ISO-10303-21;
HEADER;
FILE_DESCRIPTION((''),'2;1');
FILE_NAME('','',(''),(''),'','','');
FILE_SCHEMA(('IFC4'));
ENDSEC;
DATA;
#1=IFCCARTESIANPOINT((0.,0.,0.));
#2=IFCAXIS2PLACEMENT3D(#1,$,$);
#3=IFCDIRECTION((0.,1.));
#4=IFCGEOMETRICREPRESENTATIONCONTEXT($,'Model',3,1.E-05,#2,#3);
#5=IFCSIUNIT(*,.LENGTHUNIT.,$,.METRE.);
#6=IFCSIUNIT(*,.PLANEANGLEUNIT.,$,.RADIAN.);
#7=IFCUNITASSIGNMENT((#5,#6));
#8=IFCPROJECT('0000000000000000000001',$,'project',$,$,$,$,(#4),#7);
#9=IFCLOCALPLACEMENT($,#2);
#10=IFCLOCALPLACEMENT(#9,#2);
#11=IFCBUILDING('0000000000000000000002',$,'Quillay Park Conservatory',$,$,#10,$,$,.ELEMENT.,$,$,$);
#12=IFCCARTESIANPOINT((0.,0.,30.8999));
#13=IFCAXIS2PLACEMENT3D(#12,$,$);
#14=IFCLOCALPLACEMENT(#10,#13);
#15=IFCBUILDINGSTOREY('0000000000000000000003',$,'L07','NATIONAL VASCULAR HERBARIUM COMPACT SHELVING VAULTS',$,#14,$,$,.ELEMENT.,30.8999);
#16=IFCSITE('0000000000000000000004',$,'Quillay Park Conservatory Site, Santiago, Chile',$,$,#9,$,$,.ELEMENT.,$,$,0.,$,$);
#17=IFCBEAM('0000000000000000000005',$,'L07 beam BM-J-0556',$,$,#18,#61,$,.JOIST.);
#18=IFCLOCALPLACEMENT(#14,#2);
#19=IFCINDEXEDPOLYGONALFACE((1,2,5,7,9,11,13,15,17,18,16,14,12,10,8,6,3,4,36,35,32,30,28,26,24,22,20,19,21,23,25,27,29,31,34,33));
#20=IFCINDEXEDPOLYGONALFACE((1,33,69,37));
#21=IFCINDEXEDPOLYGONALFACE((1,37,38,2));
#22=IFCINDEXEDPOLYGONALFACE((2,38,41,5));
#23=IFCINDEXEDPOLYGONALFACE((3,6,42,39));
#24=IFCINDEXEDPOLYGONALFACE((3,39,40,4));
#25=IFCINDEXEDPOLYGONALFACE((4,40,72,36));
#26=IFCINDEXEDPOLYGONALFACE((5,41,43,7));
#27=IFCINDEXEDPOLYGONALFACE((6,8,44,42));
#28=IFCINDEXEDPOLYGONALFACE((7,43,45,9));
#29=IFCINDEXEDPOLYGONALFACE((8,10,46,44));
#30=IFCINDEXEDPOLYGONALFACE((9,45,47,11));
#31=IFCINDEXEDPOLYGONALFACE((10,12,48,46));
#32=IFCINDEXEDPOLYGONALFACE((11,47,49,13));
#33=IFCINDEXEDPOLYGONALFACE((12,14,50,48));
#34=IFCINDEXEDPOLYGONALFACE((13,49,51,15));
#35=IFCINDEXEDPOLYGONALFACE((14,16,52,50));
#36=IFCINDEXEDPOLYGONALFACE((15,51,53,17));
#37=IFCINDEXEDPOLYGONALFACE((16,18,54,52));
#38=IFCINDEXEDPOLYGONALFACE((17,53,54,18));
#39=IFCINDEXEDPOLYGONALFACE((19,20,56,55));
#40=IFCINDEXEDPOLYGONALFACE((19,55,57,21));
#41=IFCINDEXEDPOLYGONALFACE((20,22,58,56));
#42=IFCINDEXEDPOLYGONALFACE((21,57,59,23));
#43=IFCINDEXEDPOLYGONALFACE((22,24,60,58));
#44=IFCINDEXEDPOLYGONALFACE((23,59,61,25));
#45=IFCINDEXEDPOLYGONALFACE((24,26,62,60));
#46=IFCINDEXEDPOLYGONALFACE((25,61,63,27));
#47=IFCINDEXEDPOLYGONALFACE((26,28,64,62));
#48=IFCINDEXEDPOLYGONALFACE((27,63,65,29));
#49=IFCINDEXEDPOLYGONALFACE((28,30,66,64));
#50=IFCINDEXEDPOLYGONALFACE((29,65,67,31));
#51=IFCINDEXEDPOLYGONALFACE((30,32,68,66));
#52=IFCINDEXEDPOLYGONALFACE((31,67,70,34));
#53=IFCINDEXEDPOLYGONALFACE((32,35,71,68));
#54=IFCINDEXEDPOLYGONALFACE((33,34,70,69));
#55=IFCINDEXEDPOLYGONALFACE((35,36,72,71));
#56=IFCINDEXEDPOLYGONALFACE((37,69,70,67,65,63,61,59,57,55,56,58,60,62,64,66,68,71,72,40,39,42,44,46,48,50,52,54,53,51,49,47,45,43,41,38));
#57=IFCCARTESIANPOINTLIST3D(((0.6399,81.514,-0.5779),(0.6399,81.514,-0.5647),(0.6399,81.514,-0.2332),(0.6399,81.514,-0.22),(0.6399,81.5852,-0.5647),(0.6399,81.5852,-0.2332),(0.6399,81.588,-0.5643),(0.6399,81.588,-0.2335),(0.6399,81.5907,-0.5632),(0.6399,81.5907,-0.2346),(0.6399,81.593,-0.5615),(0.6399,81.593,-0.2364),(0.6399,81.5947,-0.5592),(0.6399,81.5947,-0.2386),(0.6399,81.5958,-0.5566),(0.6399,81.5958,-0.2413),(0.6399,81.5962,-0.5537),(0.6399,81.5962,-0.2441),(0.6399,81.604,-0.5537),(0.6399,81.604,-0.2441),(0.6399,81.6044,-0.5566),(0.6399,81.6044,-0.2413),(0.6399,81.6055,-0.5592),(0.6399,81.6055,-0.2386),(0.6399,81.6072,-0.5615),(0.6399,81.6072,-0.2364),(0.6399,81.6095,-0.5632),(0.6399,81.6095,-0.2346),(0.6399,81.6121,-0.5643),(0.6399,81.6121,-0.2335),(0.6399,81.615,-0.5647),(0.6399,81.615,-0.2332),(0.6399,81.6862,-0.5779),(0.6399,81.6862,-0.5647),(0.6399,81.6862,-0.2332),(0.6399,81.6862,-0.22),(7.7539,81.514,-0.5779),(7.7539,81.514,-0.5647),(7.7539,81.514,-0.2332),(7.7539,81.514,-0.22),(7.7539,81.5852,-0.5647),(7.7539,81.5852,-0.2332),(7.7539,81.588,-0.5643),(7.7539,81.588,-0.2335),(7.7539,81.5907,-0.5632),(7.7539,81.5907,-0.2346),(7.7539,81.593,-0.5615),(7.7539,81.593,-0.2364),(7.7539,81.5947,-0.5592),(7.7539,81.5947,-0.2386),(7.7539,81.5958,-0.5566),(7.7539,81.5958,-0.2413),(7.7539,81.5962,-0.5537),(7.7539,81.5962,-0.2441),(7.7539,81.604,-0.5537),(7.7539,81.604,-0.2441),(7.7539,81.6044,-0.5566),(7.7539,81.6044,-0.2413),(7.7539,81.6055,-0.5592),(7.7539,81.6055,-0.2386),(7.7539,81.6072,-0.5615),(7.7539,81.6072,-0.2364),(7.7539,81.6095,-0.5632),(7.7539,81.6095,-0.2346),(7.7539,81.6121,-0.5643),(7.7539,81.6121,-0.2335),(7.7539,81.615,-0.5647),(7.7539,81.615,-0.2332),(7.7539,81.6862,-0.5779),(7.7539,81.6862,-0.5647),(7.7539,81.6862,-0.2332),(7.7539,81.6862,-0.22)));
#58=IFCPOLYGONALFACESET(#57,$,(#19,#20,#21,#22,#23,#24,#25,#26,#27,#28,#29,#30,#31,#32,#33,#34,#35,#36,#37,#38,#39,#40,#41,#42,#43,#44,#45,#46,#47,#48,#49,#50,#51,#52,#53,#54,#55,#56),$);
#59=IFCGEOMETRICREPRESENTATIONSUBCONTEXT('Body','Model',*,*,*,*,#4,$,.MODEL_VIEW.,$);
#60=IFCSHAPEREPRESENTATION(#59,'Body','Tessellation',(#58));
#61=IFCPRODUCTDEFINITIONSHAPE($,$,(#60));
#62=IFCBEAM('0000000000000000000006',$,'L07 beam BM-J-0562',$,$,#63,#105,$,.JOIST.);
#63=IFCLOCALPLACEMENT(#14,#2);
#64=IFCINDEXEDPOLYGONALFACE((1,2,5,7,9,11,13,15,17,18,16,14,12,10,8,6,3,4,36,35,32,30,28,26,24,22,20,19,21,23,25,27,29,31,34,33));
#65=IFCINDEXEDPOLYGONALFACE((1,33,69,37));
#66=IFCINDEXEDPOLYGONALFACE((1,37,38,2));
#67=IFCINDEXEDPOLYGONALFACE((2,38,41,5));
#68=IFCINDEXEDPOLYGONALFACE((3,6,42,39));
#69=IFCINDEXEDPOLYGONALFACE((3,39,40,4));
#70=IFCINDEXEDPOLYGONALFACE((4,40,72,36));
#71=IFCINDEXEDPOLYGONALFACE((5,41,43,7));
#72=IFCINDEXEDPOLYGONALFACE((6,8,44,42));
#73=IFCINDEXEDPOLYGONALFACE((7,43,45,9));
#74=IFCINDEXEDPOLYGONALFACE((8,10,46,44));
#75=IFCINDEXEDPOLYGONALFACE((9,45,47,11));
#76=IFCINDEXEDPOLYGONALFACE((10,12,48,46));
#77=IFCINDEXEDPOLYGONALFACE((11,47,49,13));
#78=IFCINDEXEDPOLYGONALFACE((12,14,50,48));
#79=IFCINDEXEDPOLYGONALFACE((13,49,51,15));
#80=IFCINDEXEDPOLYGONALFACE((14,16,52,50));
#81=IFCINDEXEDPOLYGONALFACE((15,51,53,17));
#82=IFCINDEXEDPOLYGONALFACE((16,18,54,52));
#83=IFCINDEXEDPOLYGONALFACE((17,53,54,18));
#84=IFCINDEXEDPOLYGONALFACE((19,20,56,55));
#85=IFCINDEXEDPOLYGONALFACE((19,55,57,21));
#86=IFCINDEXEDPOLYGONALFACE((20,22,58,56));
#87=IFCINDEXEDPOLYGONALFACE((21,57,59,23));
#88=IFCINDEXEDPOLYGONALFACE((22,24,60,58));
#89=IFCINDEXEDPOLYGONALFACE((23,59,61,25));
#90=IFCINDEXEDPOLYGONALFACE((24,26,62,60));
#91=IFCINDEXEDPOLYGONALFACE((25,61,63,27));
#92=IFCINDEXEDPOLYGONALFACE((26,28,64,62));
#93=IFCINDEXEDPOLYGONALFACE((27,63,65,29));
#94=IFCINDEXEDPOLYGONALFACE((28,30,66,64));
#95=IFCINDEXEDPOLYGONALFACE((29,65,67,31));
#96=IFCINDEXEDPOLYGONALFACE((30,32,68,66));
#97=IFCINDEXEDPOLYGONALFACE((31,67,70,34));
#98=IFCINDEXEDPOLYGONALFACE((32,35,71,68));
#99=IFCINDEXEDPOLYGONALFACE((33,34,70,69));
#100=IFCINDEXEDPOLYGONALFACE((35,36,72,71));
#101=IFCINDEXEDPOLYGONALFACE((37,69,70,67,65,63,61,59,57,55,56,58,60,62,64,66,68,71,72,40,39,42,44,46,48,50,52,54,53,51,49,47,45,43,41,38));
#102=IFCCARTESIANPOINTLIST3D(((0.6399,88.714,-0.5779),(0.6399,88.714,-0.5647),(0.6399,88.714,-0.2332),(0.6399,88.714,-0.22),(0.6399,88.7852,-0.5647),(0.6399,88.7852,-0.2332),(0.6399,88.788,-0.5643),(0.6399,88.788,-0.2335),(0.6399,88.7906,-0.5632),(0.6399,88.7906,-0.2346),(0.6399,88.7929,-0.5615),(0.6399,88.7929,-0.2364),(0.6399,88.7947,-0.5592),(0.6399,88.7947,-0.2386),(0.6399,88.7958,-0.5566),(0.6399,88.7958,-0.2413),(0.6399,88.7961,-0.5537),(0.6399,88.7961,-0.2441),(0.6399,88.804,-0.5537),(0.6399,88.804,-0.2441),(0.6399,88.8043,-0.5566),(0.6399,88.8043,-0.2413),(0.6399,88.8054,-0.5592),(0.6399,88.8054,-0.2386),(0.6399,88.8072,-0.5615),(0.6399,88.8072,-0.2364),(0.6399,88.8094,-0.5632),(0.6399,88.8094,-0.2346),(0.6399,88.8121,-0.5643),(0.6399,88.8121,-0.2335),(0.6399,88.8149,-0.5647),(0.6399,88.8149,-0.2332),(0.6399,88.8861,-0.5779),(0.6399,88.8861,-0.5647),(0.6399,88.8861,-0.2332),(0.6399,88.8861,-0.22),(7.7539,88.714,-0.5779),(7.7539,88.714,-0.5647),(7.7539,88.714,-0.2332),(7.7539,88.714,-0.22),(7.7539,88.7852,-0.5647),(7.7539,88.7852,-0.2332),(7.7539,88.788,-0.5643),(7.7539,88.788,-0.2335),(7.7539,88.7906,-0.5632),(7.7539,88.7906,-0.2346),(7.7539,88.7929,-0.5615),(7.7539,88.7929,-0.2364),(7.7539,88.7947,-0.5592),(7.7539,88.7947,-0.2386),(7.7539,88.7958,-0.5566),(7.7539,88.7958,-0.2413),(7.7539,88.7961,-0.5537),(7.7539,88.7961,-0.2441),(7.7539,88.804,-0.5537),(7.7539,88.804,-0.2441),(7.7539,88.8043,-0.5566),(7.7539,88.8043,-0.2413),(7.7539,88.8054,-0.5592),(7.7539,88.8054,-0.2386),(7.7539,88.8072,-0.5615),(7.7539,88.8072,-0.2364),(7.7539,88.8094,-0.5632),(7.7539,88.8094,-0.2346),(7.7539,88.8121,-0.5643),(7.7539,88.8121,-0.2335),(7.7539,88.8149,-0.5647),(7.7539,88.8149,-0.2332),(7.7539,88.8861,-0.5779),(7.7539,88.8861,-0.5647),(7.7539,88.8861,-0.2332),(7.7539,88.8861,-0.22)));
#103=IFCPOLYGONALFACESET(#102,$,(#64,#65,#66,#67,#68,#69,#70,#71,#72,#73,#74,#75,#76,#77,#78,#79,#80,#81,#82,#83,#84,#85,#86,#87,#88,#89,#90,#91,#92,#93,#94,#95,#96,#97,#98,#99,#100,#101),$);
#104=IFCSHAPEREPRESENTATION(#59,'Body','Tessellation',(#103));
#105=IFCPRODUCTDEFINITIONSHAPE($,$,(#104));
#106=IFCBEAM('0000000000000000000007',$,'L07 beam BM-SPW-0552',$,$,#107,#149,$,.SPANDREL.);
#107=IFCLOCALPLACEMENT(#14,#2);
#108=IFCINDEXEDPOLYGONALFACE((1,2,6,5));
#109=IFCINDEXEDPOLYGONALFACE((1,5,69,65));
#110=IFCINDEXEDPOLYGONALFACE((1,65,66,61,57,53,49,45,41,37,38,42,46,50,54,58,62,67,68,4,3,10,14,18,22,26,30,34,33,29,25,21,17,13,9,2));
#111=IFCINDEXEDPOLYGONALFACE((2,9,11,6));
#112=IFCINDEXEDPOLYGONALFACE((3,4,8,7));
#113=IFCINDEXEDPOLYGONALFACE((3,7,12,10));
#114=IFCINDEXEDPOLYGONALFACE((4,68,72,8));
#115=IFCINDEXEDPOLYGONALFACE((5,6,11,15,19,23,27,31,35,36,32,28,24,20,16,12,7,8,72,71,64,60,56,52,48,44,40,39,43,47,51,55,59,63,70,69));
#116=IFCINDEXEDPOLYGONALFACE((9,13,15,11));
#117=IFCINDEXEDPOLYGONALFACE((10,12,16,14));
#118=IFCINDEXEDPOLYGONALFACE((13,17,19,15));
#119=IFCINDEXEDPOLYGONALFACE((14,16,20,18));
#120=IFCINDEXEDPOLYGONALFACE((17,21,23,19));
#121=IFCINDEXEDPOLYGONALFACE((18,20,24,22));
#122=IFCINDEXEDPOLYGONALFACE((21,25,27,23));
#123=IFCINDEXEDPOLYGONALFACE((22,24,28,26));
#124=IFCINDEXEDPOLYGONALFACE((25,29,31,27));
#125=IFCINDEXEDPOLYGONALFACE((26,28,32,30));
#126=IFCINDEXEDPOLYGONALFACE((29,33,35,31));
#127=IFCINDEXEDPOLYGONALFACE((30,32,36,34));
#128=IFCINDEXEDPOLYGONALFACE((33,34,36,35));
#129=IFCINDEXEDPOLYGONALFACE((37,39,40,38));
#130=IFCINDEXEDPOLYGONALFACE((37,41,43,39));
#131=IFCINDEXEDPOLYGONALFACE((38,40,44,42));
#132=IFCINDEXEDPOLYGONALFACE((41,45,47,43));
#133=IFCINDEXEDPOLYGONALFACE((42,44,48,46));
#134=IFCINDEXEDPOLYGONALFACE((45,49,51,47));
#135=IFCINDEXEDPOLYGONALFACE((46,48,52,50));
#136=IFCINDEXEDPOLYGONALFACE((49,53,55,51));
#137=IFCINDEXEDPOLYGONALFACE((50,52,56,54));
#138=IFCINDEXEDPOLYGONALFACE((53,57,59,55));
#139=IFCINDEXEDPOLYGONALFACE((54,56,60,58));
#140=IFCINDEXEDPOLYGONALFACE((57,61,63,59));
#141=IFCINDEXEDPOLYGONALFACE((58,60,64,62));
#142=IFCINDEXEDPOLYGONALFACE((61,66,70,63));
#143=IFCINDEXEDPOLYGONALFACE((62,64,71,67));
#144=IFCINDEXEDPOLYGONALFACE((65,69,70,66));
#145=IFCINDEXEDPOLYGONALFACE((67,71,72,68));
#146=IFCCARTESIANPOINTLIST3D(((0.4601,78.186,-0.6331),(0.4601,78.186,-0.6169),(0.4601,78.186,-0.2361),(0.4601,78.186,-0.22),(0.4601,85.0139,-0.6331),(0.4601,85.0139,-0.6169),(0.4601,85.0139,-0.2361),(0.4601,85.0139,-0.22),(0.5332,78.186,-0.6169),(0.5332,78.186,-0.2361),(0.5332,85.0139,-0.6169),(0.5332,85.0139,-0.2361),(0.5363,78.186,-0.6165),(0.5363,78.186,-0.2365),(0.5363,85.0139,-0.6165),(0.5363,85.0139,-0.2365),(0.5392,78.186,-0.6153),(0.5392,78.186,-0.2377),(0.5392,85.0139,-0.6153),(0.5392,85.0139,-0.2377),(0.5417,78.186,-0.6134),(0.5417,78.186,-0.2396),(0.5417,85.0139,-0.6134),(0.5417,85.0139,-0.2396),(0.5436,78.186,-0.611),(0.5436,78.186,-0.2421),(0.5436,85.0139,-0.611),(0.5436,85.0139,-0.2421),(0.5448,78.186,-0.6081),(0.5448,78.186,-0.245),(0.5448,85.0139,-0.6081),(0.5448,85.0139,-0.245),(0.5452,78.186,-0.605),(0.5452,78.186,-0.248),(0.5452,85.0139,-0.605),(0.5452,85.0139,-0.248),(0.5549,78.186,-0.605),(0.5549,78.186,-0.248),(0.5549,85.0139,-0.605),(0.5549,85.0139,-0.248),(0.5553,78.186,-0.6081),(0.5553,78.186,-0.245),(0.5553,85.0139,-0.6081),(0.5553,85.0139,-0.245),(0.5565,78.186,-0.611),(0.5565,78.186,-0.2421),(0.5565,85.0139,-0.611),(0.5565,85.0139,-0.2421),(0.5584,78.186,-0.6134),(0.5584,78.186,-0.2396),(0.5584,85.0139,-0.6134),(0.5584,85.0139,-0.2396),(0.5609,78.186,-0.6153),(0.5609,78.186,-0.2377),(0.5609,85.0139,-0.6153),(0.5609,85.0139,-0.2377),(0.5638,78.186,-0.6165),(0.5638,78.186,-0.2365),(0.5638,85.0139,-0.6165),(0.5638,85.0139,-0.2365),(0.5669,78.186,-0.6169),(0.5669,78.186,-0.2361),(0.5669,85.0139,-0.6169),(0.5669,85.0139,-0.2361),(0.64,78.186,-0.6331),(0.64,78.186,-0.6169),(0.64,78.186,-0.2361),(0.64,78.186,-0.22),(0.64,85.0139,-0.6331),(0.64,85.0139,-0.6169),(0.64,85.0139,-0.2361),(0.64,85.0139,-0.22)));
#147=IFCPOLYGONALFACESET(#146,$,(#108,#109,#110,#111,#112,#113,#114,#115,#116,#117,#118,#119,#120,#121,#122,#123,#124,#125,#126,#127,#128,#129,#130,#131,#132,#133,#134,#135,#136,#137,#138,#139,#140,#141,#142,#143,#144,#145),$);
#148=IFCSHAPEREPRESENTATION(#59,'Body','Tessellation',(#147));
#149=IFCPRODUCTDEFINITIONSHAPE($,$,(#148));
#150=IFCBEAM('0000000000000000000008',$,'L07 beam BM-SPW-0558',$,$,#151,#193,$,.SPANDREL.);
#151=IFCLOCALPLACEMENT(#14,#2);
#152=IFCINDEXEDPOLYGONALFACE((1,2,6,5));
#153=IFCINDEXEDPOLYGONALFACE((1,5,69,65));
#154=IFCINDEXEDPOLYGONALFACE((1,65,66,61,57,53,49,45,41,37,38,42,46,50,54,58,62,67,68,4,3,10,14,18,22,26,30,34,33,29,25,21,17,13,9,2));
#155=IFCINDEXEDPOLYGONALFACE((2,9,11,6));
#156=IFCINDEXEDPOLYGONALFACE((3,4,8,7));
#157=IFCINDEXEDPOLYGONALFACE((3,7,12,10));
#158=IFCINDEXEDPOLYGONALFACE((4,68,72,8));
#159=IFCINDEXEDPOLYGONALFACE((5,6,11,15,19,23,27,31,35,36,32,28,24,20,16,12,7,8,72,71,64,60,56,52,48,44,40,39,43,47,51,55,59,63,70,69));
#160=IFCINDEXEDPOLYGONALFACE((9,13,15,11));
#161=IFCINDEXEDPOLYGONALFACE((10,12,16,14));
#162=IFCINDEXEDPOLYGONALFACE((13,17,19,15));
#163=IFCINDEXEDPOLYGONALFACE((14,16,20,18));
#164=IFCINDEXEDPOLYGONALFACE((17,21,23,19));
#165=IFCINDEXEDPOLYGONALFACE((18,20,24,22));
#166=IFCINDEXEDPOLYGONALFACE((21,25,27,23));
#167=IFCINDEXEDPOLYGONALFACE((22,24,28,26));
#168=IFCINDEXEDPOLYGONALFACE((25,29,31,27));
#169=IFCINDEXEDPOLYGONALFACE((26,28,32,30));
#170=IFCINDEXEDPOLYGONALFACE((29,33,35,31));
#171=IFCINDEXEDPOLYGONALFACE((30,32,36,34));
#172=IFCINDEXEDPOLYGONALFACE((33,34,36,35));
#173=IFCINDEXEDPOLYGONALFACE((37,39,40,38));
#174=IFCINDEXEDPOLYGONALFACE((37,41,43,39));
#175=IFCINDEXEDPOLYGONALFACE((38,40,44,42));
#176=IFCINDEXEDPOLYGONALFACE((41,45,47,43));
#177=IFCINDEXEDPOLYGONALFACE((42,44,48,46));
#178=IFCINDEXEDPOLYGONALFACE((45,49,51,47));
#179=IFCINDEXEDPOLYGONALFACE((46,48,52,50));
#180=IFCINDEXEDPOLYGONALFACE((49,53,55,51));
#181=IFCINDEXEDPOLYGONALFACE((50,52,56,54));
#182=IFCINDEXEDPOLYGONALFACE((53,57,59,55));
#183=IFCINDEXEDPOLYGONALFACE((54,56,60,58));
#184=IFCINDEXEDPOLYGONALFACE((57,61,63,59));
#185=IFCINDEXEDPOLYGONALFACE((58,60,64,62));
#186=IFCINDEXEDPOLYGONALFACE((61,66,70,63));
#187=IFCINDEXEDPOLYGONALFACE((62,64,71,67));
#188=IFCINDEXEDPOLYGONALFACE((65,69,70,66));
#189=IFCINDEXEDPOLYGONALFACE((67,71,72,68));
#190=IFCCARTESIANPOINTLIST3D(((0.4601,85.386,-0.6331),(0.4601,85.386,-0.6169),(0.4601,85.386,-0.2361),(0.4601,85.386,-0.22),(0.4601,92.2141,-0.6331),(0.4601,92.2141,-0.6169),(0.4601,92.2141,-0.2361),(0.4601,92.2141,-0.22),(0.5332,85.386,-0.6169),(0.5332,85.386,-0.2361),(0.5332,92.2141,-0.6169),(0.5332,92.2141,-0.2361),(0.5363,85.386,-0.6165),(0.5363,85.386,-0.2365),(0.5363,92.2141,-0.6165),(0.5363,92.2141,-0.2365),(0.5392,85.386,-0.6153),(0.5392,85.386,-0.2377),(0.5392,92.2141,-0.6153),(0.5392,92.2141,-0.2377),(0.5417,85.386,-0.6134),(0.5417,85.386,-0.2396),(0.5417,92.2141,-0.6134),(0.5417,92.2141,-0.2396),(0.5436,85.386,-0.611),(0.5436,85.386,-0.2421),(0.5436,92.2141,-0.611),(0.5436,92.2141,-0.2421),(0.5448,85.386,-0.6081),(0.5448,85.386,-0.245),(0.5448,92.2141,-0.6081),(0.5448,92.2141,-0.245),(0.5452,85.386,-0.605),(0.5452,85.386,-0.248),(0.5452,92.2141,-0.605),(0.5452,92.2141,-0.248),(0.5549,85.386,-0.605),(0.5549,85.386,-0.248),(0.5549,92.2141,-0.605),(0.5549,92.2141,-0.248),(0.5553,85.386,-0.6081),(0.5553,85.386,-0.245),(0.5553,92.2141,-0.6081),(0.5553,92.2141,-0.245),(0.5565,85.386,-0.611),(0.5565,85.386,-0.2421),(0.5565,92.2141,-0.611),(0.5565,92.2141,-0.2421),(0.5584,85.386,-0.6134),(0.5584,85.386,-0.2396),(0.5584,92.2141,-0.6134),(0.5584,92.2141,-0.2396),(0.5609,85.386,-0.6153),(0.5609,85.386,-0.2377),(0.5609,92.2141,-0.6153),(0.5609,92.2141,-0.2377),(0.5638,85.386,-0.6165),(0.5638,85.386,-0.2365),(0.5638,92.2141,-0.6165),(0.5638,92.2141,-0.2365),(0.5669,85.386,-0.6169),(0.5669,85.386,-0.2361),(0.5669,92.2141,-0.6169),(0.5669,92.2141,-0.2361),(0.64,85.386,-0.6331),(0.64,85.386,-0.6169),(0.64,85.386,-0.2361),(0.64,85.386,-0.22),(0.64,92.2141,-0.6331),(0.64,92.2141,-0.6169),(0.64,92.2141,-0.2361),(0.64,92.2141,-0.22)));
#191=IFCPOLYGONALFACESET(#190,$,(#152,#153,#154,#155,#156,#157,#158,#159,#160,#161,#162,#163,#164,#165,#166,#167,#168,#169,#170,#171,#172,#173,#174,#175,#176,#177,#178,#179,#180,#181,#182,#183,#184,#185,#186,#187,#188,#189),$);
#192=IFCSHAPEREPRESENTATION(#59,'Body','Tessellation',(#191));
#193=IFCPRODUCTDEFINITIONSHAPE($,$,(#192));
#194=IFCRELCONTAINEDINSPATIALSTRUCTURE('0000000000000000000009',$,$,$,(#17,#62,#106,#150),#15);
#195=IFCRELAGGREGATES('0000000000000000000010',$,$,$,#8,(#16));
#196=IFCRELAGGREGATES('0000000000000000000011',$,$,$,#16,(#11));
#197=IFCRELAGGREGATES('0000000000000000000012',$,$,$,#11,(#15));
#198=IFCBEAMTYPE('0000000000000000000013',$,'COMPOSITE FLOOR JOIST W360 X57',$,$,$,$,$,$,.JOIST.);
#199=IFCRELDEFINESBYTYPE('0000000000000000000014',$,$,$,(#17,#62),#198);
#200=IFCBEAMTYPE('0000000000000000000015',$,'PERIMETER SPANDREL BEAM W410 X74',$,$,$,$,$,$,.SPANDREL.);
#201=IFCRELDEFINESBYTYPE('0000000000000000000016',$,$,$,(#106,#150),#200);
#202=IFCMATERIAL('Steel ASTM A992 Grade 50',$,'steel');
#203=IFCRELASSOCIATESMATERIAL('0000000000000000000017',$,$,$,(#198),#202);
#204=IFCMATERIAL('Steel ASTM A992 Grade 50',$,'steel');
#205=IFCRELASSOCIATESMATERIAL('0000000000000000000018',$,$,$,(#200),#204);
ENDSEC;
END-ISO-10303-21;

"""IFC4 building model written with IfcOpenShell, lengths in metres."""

from ifc_helpers import new_model, si_unit, direction, frame, origin, origin_2d, place, context, subcontext, project, spatial, i_section, extrude, material, material_profile, profile_set, type_object, element, save


model = new_model("IFC4")

# Units and contexts
model_context = context("Model", 3, precision=1e-05, world=origin(), true_north=direction((0.0, 1.0)))
body_context = subcontext(model_context, "Body", "Model", "MODEL_VIEW")
ifc_project = project(units=[si_unit("LENGTHUNIT", "METRE"), si_unit("PLANEANGLEUNIT", "RADIAN")], contexts=[model_context])

# Site, building, storey
site_placement = place(None, origin())
site = spatial("IfcSite", under=ifc_project, at=site_placement, Name="Quillay Park Conservatory Site, Santiago, Chile", CompositionType="ELEMENT", RefElevation=0.0)
building_placement = place(site_placement, origin())
building = spatial("IfcBuilding", under=site, at=building_placement, Name="Quillay Park Conservatory", CompositionType="ELEMENT")
storey_placement = place(building_placement, frame((0.0, 0.0, 30.8999)))
storey = spatial("IfcBuildingStorey", under=building, at=storey_placement, Name="L07", Description="NATIONAL VASCULAR HERBARIUM COMPACT SHELVING VAULTS", CompositionType="ELEMENT", Elevation=30.8999)

# Beams
ifc_material_1 = material(Name="Steel ASTM A992 Grade 50", Category="steel")
ifc_material_profile_1 = material_profile(ifc_material_1, i_section(OverallWidth=0.1721, OverallDepth=0.3579, WebThickness=0.0078, FlangeThickness=0.0132, FilletRadius=0.011, at=origin_2d()), Name="W360x57")
ifc_profile_set_1 = profile_set([ifc_material_profile_1], Name="Steel ASTM A992 Grade 50")
beam_type_1 = type_object("IfcBeamType", Name="COMPOSITE FLOOR JOIST W360 X57", PredefinedType="JOIST", material=ifc_profile_set_1)
for number, where, z_axis, x_axis, name in (
    (1, (0.6399, 81.6001, -0.3989), (1.0, 0.0, 0.0), (0.0, 1.0, 0.0), "L07 beam BM-J-0556"),
    (2, (0.6399, 88.8, -0.3989), (1.0, 0.0, 0.0), (0.0, 1.0, 0.0), "L07 beam BM-J-0562"),
):
    element("IfcBeam", number, at=place(storey_placement, frame(where, z_axis=z_axis, x_axis=x_axis)), inside=storey, type_object=beam_type_1, Name=name, PredefinedType="JOIST", context=body_context, shape_type="SweptSolid", body=[
        extrude(i_section(OverallWidth=0.1721, OverallDepth=0.3579, WebThickness=0.0078, FlangeThickness=0.0132, FilletRadius=0.011, at=origin_2d()), origin(), (0.0, 0.0, 1.0), 7.114),
    ])
ifc_material_2 = material(Name="Steel ASTM A992 Grade 50", Category="steel")
ifc_material_profile_2 = material_profile(ifc_material_2, i_section(OverallWidth=0.1799, OverallDepth=0.4131, WebThickness=0.0098, FlangeThickness=0.0161, FilletRadius=0.012, at=origin_2d()), Name="W410x74")
ifc_profile_set_2 = profile_set([ifc_material_profile_2], Name="Steel ASTM A992 Grade 50")
beam_type_2 = type_object("IfcBeamType", Name="PERIMETER SPANDREL BEAM W410 X74", PredefinedType="SPANDREL", material=ifc_profile_set_2)
beam_1_placement = place(storey_placement, frame((0.55, 78.186, -0.4265), z_axis=(0.0, 1.0, 0.0), x_axis=(-1.0, 0.0, 0.0)))
element("IfcBeam", 3, at=beam_1_placement, inside=storey, type_object=beam_type_2, Name="L07 beam BM-SPW-0552", PredefinedType="SPANDREL", context=body_context, shape_type="SweptSolid", body=[
    extrude(i_section(OverallWidth=0.1799, OverallDepth=0.4131, WebThickness=0.0098, FlangeThickness=0.0161, FilletRadius=0.012, at=origin_2d()), origin(), (0.0, 0.0, 1.0), 6.8279),
])
beam_2_placement = place(storey_placement, frame((0.55, 85.386, -0.4265), z_axis=(0.0, 1.0, 0.0), x_axis=(-1.0, 0.0, 0.0)))
element("IfcBeam", 4, at=beam_2_placement, inside=storey, type_object=beam_type_2, Name="L07 beam BM-SPW-0558", PredefinedType="SPANDREL", context=body_context, shape_type="SweptSolid", body=[
    extrude(i_section(OverallWidth=0.1799, OverallDepth=0.4131, WebThickness=0.0098, FlangeThickness=0.0161, FilletRadius=0.012, at=origin_2d()), origin(), (0.0, 0.0, 1.0), 6.8281),
])

save(model, "model.ifc")
